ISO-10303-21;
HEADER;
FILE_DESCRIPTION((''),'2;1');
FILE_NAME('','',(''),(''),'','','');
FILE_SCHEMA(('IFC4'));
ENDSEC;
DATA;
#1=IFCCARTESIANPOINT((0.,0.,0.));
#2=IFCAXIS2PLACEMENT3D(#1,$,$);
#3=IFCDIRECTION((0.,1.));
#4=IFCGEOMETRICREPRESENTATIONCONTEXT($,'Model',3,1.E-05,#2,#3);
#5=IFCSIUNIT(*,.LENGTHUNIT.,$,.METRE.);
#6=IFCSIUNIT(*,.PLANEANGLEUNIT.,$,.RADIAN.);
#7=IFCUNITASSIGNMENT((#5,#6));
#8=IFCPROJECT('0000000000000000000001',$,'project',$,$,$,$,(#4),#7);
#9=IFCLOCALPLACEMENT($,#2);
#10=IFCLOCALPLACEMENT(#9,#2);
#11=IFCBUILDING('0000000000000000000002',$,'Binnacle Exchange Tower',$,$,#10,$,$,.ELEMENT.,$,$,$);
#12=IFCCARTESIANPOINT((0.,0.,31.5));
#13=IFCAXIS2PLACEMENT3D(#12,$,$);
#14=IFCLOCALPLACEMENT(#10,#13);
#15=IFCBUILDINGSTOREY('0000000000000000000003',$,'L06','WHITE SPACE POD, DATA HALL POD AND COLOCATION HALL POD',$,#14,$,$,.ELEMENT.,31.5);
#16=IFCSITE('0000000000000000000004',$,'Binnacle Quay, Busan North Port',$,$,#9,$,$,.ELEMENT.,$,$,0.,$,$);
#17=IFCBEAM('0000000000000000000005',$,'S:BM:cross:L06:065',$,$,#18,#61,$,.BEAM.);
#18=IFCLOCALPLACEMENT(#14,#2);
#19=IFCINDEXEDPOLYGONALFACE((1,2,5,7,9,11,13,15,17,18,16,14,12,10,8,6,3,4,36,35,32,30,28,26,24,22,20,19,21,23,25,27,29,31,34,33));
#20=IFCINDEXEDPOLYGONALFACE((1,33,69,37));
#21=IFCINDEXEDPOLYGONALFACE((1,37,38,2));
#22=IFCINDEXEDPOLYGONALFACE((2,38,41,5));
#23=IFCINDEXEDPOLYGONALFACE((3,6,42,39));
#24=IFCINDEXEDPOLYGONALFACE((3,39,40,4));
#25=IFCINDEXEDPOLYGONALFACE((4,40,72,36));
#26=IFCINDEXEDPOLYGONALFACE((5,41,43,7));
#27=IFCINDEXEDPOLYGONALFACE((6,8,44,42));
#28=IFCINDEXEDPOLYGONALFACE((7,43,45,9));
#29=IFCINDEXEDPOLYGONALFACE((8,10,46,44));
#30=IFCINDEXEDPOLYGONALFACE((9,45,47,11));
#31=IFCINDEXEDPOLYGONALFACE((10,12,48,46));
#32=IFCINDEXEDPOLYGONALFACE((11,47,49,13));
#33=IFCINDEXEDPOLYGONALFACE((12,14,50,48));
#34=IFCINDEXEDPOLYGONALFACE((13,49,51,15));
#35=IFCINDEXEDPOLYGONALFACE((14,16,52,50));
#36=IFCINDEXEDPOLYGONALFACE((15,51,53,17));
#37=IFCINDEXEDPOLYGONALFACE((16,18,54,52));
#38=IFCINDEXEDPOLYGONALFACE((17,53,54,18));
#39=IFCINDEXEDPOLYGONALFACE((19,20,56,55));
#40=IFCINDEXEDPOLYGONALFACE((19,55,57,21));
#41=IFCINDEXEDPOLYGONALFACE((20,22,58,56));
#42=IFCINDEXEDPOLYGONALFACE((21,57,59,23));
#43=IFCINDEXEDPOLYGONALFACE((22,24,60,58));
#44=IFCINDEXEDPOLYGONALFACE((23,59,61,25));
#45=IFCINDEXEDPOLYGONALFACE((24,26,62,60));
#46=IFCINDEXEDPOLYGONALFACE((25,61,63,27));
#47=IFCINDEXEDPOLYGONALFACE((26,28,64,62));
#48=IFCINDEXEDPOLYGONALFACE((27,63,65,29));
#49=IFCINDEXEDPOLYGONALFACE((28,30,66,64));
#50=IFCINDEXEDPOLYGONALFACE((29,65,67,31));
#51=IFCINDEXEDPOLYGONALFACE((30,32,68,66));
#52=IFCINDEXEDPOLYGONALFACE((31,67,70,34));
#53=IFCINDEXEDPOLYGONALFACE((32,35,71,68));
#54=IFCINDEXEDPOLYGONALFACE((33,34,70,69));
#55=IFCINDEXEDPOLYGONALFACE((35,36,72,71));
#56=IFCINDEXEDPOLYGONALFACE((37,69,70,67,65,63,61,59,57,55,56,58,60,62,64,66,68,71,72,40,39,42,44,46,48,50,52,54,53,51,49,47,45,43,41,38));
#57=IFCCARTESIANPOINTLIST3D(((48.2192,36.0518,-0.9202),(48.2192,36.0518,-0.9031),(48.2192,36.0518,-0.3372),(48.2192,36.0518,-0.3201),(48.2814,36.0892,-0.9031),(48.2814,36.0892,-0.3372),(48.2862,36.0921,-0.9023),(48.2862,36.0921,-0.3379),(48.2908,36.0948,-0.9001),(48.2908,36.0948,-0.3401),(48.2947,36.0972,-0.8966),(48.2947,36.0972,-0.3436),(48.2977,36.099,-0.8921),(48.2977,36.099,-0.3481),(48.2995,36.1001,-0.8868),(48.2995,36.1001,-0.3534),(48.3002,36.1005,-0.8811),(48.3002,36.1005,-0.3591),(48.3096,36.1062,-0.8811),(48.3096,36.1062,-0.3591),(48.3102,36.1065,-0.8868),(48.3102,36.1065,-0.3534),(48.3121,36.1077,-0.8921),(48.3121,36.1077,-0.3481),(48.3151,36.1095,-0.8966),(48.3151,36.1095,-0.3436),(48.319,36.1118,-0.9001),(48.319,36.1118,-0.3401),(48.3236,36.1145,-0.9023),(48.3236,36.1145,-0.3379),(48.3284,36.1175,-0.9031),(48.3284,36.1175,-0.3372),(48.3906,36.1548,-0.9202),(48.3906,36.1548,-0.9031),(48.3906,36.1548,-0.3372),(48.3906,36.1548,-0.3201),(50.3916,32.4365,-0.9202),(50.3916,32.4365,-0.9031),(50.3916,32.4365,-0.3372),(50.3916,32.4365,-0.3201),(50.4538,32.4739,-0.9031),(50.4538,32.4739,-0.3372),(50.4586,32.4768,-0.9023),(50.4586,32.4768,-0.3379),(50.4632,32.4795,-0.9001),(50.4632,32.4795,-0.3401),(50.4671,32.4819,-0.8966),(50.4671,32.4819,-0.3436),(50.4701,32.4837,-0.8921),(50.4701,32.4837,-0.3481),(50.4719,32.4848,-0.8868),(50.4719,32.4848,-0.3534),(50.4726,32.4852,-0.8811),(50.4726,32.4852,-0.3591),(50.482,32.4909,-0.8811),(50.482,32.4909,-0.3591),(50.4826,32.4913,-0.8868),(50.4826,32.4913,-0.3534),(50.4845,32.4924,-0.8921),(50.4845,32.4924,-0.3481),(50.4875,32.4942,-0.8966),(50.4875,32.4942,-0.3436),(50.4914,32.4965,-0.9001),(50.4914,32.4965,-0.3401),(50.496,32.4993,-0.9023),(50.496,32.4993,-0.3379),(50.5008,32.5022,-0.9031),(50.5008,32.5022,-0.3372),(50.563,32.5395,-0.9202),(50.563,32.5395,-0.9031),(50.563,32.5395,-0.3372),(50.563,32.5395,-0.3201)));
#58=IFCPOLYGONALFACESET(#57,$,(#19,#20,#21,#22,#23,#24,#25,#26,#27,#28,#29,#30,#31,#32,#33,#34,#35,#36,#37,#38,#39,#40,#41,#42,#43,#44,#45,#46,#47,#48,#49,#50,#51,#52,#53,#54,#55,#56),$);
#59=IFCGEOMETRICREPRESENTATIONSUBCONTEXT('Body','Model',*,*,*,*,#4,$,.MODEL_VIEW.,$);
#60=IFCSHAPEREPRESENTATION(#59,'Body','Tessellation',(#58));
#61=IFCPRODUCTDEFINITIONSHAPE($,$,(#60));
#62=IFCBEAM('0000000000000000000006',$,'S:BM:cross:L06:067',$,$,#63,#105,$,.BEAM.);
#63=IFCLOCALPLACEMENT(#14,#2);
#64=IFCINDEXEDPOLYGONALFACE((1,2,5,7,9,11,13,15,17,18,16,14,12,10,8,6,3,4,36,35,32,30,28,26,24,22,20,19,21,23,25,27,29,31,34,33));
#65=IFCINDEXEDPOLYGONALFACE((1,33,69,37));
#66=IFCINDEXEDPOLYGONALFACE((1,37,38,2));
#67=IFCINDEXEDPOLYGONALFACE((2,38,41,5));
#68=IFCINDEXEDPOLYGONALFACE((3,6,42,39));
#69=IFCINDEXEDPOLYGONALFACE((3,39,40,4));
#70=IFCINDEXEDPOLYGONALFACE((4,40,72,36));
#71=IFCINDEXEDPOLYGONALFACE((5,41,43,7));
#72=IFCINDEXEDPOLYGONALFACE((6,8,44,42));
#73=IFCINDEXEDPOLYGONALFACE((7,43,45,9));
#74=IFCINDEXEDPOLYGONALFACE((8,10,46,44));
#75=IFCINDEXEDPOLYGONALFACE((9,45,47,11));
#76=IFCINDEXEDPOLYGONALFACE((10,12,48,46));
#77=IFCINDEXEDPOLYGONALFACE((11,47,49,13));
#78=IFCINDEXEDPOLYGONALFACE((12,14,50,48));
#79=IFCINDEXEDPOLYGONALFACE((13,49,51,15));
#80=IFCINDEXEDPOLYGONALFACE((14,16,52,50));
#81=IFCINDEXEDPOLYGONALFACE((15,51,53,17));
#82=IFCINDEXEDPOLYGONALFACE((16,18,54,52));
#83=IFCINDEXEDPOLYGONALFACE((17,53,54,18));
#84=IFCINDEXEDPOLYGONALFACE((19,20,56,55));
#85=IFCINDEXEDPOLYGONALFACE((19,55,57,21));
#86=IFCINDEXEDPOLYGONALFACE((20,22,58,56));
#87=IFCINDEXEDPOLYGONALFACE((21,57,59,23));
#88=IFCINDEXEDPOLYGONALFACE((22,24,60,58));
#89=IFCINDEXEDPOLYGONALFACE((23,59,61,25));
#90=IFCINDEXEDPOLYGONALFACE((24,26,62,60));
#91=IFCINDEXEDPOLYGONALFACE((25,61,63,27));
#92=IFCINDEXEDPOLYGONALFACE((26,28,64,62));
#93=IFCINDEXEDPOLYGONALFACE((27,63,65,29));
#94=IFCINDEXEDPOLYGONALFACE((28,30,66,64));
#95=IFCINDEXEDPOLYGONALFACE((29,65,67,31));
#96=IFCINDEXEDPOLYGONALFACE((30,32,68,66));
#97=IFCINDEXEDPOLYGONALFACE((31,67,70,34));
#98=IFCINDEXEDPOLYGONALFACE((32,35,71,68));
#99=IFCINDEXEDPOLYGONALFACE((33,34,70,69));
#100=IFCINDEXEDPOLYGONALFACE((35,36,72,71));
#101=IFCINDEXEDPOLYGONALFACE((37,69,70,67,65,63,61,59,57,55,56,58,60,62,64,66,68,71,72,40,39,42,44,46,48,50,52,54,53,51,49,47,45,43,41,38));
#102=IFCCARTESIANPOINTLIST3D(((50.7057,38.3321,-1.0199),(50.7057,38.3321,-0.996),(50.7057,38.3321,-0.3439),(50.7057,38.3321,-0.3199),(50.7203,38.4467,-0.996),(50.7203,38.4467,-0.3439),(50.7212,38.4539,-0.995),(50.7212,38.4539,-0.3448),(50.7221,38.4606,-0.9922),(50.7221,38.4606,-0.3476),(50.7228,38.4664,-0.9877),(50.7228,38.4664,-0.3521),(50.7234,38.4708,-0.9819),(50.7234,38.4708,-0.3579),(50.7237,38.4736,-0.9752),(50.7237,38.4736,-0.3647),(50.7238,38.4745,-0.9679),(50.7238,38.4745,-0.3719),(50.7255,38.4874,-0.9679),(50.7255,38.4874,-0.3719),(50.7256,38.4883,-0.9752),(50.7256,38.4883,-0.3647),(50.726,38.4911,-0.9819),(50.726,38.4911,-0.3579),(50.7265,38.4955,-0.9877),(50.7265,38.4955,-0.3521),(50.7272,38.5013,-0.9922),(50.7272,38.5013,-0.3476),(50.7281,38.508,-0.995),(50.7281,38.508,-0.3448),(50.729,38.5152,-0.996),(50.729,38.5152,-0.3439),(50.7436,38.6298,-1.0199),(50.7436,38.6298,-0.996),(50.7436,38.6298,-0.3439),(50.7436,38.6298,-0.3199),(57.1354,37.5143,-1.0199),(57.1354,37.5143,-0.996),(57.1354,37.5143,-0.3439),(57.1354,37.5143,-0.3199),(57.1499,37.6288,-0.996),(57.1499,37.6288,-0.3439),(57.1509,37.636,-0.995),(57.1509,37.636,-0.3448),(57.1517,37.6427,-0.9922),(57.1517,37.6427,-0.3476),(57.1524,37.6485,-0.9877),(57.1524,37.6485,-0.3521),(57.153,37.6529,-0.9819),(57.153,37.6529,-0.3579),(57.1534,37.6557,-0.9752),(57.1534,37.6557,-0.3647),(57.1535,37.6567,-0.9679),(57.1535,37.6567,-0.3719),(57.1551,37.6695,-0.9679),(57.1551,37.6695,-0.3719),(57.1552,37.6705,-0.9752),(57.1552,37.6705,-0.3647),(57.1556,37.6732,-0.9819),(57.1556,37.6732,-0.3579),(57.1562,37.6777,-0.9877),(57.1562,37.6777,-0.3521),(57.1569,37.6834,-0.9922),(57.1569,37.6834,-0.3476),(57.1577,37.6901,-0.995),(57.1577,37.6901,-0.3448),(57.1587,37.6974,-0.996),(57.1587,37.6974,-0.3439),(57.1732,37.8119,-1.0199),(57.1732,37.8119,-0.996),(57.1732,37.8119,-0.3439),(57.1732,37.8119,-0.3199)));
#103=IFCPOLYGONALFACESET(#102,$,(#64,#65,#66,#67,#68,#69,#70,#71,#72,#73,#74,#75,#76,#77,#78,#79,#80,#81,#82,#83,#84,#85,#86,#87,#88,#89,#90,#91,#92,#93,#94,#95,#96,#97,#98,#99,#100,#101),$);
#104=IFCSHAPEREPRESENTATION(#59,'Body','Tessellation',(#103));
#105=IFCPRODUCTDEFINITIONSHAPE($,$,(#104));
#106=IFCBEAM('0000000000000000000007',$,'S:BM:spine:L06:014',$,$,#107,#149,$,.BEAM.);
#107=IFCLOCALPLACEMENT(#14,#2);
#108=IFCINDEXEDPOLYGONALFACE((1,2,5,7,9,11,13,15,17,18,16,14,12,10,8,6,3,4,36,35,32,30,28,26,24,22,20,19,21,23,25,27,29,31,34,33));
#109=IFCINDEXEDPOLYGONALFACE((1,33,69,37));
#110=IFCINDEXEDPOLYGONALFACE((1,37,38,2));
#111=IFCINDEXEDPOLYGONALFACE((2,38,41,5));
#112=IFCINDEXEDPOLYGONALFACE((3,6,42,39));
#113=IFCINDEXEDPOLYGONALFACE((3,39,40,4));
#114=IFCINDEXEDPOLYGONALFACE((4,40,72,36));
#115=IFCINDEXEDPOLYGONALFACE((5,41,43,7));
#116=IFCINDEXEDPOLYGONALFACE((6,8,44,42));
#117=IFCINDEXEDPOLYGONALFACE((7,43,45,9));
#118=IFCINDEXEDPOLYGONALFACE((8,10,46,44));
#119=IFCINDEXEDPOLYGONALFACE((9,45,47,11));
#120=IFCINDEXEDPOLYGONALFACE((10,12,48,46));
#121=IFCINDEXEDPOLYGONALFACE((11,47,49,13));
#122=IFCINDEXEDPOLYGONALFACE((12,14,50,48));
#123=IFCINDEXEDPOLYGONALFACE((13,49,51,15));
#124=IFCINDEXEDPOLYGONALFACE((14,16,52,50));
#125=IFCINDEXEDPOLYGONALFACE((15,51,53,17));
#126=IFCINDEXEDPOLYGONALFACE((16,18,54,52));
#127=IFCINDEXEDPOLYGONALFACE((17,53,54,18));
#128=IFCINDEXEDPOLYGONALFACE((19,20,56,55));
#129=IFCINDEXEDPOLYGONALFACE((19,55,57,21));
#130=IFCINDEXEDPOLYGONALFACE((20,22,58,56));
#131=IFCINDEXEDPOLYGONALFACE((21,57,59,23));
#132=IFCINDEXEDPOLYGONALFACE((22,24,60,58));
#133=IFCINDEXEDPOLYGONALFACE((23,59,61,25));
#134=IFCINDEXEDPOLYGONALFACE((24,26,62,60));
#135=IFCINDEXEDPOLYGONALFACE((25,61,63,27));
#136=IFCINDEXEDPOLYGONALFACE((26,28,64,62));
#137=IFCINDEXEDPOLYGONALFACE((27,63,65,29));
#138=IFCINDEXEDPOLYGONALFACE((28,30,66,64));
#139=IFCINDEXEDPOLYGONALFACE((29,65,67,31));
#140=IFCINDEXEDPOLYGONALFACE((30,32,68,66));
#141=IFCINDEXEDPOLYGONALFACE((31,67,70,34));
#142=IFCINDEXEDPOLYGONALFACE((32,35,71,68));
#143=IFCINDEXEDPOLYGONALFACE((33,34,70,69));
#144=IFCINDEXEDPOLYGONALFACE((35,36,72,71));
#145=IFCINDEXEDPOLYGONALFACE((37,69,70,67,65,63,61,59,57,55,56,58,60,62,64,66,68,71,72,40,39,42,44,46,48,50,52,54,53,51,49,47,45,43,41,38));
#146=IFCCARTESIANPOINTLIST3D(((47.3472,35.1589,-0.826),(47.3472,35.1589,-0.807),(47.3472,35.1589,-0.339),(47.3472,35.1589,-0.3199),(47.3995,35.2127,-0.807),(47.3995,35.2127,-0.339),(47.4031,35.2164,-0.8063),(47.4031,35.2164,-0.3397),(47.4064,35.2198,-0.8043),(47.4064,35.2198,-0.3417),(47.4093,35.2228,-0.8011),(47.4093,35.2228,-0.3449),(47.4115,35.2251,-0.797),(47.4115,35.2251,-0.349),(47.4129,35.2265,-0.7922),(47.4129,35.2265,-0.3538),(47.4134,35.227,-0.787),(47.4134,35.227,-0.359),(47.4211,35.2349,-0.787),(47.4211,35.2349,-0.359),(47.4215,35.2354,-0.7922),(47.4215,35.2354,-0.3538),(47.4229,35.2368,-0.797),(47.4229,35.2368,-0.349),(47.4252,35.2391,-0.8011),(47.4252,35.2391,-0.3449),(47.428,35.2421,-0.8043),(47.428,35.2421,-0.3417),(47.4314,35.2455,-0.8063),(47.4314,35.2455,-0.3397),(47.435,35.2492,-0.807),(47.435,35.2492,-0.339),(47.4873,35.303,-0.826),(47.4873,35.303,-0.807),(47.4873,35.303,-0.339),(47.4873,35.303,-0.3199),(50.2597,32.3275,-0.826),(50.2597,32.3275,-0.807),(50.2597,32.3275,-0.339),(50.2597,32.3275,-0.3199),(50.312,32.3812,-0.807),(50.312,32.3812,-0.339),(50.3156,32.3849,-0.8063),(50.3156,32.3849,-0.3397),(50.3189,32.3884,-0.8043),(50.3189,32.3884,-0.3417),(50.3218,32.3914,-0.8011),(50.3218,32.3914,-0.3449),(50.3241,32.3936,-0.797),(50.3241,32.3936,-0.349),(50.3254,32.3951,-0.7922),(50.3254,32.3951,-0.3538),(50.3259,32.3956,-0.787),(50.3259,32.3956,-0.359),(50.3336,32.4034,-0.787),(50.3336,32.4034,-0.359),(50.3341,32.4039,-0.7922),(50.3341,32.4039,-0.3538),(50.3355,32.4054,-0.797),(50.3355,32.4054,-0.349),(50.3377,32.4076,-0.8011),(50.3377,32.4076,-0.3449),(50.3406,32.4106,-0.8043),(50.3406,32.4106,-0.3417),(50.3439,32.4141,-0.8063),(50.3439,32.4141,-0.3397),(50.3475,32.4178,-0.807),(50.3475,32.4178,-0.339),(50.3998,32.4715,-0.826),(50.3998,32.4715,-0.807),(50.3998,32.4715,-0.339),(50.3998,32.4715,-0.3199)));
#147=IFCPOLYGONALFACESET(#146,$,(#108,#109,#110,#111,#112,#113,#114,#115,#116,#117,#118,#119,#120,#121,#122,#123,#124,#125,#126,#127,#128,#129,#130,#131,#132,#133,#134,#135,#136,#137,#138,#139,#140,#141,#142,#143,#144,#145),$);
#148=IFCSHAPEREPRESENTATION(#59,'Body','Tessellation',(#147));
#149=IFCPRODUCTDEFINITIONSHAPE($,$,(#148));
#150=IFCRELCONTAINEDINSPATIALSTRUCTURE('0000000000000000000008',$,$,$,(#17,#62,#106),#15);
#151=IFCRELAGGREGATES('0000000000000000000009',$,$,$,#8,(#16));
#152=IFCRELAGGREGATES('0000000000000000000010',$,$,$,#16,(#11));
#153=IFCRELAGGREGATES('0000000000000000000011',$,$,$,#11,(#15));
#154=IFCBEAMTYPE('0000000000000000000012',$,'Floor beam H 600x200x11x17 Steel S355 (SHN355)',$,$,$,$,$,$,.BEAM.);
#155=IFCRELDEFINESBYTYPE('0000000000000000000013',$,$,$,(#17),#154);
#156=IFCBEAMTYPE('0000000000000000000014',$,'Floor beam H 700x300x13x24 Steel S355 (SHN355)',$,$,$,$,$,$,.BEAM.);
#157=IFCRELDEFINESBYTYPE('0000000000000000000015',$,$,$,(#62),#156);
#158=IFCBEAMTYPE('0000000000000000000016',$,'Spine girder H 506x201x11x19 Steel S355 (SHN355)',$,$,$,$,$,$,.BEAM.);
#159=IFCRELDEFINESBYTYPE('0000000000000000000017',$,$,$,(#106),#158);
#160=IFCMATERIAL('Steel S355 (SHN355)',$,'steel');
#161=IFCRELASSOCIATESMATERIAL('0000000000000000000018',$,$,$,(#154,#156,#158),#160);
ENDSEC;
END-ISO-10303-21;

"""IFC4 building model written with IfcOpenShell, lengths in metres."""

from ifc_helpers import new_model, si_unit, direction, frame, origin, origin_2d, place, context, subcontext, project, spatial, i_section, extrude, material, material_profile, profile_set, type_object, element, save


model = new_model("IFC4")

# Units and contexts
model_context = context("Model", 3, precision=1e-05, world=origin(), true_north=direction((0.0, 1.0)))
body_context = subcontext(model_context, "Body", "Model", "MODEL_VIEW")
ifc_project = project(units=[si_unit("LENGTHUNIT", "METRE"), si_unit("PLANEANGLEUNIT", "RADIAN")], contexts=[model_context])

# Site, building, storey
site_placement = place(None, origin())
site = spatial("IfcSite", under=ifc_project, at=site_placement, Name="Binnacle Quay, Busan North Port", CompositionType="ELEMENT", RefElevation=0.0)
building_placement = place(site_placement, origin())
building = spatial("IfcBuilding", under=site, at=building_placement, Name="Binnacle Exchange Tower", CompositionType="ELEMENT")
storey_placement = place(building_placement, frame((0.0, 0.0, 31.5)))
storey = spatial("IfcBuildingStorey", under=building, at=storey_placement, Name="L06", Description="WHITE SPACE POD, DATA HALL POD AND COLOCATION HALL POD", CompositionType="ELEMENT", Elevation=31.5)

# Beams
ifc_material_1 = material(Name="Steel S355 (SHN355)", Category="steel")
ifc_material_profile_1 = material_profile(ifc_material_1, i_section(OverallWidth=0.2, OverallDepth=0.6001, WebThickness=0.011, FlangeThickness=0.0171, FilletRadius=0.022, at=origin_2d()), Name="H 600x200x11x17")
ifc_profile_set_1 = profile_set([ifc_material_profile_1], Name="Steel S355 (SHN355)")
beam_type_1 = type_object("IfcBeamType", Name="Floor beam H 600x200x11x17 Steel S355 (SHN355)", PredefinedType="BEAM", material=ifc_profile_set_1)
beam_1_placement = place(storey_placement, frame((50.4773, 32.488, -0.6201), z_axis=(-0.515057, 0.857156, 0.0), x_axis=(-0.857156, -0.515057, 0.0)))
element("IfcBeam", 1, at=beam_1_placement, inside=storey, type_object=beam_type_1, Name="S:BM:cross:L06:065", PredefinedType="BEAM", context=body_context, shape_type="SweptSolid", body=[
    extrude(i_section(OverallWidth=0.2, OverallDepth=0.6001, WebThickness=0.011, FlangeThickness=0.0171, FilletRadius=0.022, at=origin_2d()), origin(), (0.0, 0.0, 1.0), 4.2178),
])
ifc_material_profile_2 = material_profile(ifc_material_1, i_section(OverallWidth=0.3, OverallDepth=0.7, WebThickness=0.0129, FlangeThickness=0.0239, FilletRadius=0.0281, at=origin_2d()), Name="H 700x300x13x24")
ifc_profile_set_2 = profile_set([ifc_material_profile_2], Name="Steel S355 (SHN355)")
beam_type_2 = type_object("IfcBeamType", Name="Floor beam H 700x300x13x24 Steel S355 (SHN355)", PredefinedType="BEAM", material=ifc_profile_set_2)
beam_2_placement = place(storey_placement, frame((57.1543, 37.6631, -0.6699), z_axis=(-0.992007, 0.126186, 0.0), x_axis=(-0.126186, -0.992007, 0.0)))
element("IfcBeam", 2, at=beam_2_placement, inside=storey, type_object=beam_type_2, Name="S:BM:cross:L06:067", PredefinedType="BEAM", context=body_context, shape_type="SweptSolid", body=[
    extrude(i_section(OverallWidth=0.3, OverallDepth=0.7, WebThickness=0.0129, FlangeThickness=0.0239, FilletRadius=0.0281, at=origin_2d()), origin(), (0.0, 0.0, 1.0), 6.4814),
])
ifc_material_profile_3 = material_profile(ifc_material_1, i_section(OverallWidth=0.2009, OverallDepth=0.5061, WebThickness=0.011, FlangeThickness=0.019, FilletRadius=0.02, at=origin_2d()), Name="H 506x201x11x19")
ifc_profile_set_3 = profile_set([ifc_material_profile_3], Name="Steel S355 (SHN355)")
beam_type_3 = type_object("IfcBeamType", Name="Spine girder H 506x201x11x19 Steel S355 (SHN355)", PredefinedType="BEAM", material=ifc_profile_set_3)
beam_3_placement = place(storey_placement, frame((47.4172, 35.231, -0.573), z_axis=(0.717013, -0.69706, 0.0), x_axis=(0.69706, 0.717013, 0.0)))
element("IfcBeam", 3, at=beam_3_placement, inside=storey, type_object=beam_type_3, Name="S:BM:spine:L06:014", PredefinedType="BEAM", context=body_context, shape_type="SweptSolid", body=[
    extrude(i_section(OverallWidth=0.2009, OverallDepth=0.5061, WebThickness=0.011, FlangeThickness=0.019, FilletRadius=0.02, at=origin_2d()), origin(), (0.0, 0.0, 1.0), 4.062),
])

save(model, "model.ifc")
